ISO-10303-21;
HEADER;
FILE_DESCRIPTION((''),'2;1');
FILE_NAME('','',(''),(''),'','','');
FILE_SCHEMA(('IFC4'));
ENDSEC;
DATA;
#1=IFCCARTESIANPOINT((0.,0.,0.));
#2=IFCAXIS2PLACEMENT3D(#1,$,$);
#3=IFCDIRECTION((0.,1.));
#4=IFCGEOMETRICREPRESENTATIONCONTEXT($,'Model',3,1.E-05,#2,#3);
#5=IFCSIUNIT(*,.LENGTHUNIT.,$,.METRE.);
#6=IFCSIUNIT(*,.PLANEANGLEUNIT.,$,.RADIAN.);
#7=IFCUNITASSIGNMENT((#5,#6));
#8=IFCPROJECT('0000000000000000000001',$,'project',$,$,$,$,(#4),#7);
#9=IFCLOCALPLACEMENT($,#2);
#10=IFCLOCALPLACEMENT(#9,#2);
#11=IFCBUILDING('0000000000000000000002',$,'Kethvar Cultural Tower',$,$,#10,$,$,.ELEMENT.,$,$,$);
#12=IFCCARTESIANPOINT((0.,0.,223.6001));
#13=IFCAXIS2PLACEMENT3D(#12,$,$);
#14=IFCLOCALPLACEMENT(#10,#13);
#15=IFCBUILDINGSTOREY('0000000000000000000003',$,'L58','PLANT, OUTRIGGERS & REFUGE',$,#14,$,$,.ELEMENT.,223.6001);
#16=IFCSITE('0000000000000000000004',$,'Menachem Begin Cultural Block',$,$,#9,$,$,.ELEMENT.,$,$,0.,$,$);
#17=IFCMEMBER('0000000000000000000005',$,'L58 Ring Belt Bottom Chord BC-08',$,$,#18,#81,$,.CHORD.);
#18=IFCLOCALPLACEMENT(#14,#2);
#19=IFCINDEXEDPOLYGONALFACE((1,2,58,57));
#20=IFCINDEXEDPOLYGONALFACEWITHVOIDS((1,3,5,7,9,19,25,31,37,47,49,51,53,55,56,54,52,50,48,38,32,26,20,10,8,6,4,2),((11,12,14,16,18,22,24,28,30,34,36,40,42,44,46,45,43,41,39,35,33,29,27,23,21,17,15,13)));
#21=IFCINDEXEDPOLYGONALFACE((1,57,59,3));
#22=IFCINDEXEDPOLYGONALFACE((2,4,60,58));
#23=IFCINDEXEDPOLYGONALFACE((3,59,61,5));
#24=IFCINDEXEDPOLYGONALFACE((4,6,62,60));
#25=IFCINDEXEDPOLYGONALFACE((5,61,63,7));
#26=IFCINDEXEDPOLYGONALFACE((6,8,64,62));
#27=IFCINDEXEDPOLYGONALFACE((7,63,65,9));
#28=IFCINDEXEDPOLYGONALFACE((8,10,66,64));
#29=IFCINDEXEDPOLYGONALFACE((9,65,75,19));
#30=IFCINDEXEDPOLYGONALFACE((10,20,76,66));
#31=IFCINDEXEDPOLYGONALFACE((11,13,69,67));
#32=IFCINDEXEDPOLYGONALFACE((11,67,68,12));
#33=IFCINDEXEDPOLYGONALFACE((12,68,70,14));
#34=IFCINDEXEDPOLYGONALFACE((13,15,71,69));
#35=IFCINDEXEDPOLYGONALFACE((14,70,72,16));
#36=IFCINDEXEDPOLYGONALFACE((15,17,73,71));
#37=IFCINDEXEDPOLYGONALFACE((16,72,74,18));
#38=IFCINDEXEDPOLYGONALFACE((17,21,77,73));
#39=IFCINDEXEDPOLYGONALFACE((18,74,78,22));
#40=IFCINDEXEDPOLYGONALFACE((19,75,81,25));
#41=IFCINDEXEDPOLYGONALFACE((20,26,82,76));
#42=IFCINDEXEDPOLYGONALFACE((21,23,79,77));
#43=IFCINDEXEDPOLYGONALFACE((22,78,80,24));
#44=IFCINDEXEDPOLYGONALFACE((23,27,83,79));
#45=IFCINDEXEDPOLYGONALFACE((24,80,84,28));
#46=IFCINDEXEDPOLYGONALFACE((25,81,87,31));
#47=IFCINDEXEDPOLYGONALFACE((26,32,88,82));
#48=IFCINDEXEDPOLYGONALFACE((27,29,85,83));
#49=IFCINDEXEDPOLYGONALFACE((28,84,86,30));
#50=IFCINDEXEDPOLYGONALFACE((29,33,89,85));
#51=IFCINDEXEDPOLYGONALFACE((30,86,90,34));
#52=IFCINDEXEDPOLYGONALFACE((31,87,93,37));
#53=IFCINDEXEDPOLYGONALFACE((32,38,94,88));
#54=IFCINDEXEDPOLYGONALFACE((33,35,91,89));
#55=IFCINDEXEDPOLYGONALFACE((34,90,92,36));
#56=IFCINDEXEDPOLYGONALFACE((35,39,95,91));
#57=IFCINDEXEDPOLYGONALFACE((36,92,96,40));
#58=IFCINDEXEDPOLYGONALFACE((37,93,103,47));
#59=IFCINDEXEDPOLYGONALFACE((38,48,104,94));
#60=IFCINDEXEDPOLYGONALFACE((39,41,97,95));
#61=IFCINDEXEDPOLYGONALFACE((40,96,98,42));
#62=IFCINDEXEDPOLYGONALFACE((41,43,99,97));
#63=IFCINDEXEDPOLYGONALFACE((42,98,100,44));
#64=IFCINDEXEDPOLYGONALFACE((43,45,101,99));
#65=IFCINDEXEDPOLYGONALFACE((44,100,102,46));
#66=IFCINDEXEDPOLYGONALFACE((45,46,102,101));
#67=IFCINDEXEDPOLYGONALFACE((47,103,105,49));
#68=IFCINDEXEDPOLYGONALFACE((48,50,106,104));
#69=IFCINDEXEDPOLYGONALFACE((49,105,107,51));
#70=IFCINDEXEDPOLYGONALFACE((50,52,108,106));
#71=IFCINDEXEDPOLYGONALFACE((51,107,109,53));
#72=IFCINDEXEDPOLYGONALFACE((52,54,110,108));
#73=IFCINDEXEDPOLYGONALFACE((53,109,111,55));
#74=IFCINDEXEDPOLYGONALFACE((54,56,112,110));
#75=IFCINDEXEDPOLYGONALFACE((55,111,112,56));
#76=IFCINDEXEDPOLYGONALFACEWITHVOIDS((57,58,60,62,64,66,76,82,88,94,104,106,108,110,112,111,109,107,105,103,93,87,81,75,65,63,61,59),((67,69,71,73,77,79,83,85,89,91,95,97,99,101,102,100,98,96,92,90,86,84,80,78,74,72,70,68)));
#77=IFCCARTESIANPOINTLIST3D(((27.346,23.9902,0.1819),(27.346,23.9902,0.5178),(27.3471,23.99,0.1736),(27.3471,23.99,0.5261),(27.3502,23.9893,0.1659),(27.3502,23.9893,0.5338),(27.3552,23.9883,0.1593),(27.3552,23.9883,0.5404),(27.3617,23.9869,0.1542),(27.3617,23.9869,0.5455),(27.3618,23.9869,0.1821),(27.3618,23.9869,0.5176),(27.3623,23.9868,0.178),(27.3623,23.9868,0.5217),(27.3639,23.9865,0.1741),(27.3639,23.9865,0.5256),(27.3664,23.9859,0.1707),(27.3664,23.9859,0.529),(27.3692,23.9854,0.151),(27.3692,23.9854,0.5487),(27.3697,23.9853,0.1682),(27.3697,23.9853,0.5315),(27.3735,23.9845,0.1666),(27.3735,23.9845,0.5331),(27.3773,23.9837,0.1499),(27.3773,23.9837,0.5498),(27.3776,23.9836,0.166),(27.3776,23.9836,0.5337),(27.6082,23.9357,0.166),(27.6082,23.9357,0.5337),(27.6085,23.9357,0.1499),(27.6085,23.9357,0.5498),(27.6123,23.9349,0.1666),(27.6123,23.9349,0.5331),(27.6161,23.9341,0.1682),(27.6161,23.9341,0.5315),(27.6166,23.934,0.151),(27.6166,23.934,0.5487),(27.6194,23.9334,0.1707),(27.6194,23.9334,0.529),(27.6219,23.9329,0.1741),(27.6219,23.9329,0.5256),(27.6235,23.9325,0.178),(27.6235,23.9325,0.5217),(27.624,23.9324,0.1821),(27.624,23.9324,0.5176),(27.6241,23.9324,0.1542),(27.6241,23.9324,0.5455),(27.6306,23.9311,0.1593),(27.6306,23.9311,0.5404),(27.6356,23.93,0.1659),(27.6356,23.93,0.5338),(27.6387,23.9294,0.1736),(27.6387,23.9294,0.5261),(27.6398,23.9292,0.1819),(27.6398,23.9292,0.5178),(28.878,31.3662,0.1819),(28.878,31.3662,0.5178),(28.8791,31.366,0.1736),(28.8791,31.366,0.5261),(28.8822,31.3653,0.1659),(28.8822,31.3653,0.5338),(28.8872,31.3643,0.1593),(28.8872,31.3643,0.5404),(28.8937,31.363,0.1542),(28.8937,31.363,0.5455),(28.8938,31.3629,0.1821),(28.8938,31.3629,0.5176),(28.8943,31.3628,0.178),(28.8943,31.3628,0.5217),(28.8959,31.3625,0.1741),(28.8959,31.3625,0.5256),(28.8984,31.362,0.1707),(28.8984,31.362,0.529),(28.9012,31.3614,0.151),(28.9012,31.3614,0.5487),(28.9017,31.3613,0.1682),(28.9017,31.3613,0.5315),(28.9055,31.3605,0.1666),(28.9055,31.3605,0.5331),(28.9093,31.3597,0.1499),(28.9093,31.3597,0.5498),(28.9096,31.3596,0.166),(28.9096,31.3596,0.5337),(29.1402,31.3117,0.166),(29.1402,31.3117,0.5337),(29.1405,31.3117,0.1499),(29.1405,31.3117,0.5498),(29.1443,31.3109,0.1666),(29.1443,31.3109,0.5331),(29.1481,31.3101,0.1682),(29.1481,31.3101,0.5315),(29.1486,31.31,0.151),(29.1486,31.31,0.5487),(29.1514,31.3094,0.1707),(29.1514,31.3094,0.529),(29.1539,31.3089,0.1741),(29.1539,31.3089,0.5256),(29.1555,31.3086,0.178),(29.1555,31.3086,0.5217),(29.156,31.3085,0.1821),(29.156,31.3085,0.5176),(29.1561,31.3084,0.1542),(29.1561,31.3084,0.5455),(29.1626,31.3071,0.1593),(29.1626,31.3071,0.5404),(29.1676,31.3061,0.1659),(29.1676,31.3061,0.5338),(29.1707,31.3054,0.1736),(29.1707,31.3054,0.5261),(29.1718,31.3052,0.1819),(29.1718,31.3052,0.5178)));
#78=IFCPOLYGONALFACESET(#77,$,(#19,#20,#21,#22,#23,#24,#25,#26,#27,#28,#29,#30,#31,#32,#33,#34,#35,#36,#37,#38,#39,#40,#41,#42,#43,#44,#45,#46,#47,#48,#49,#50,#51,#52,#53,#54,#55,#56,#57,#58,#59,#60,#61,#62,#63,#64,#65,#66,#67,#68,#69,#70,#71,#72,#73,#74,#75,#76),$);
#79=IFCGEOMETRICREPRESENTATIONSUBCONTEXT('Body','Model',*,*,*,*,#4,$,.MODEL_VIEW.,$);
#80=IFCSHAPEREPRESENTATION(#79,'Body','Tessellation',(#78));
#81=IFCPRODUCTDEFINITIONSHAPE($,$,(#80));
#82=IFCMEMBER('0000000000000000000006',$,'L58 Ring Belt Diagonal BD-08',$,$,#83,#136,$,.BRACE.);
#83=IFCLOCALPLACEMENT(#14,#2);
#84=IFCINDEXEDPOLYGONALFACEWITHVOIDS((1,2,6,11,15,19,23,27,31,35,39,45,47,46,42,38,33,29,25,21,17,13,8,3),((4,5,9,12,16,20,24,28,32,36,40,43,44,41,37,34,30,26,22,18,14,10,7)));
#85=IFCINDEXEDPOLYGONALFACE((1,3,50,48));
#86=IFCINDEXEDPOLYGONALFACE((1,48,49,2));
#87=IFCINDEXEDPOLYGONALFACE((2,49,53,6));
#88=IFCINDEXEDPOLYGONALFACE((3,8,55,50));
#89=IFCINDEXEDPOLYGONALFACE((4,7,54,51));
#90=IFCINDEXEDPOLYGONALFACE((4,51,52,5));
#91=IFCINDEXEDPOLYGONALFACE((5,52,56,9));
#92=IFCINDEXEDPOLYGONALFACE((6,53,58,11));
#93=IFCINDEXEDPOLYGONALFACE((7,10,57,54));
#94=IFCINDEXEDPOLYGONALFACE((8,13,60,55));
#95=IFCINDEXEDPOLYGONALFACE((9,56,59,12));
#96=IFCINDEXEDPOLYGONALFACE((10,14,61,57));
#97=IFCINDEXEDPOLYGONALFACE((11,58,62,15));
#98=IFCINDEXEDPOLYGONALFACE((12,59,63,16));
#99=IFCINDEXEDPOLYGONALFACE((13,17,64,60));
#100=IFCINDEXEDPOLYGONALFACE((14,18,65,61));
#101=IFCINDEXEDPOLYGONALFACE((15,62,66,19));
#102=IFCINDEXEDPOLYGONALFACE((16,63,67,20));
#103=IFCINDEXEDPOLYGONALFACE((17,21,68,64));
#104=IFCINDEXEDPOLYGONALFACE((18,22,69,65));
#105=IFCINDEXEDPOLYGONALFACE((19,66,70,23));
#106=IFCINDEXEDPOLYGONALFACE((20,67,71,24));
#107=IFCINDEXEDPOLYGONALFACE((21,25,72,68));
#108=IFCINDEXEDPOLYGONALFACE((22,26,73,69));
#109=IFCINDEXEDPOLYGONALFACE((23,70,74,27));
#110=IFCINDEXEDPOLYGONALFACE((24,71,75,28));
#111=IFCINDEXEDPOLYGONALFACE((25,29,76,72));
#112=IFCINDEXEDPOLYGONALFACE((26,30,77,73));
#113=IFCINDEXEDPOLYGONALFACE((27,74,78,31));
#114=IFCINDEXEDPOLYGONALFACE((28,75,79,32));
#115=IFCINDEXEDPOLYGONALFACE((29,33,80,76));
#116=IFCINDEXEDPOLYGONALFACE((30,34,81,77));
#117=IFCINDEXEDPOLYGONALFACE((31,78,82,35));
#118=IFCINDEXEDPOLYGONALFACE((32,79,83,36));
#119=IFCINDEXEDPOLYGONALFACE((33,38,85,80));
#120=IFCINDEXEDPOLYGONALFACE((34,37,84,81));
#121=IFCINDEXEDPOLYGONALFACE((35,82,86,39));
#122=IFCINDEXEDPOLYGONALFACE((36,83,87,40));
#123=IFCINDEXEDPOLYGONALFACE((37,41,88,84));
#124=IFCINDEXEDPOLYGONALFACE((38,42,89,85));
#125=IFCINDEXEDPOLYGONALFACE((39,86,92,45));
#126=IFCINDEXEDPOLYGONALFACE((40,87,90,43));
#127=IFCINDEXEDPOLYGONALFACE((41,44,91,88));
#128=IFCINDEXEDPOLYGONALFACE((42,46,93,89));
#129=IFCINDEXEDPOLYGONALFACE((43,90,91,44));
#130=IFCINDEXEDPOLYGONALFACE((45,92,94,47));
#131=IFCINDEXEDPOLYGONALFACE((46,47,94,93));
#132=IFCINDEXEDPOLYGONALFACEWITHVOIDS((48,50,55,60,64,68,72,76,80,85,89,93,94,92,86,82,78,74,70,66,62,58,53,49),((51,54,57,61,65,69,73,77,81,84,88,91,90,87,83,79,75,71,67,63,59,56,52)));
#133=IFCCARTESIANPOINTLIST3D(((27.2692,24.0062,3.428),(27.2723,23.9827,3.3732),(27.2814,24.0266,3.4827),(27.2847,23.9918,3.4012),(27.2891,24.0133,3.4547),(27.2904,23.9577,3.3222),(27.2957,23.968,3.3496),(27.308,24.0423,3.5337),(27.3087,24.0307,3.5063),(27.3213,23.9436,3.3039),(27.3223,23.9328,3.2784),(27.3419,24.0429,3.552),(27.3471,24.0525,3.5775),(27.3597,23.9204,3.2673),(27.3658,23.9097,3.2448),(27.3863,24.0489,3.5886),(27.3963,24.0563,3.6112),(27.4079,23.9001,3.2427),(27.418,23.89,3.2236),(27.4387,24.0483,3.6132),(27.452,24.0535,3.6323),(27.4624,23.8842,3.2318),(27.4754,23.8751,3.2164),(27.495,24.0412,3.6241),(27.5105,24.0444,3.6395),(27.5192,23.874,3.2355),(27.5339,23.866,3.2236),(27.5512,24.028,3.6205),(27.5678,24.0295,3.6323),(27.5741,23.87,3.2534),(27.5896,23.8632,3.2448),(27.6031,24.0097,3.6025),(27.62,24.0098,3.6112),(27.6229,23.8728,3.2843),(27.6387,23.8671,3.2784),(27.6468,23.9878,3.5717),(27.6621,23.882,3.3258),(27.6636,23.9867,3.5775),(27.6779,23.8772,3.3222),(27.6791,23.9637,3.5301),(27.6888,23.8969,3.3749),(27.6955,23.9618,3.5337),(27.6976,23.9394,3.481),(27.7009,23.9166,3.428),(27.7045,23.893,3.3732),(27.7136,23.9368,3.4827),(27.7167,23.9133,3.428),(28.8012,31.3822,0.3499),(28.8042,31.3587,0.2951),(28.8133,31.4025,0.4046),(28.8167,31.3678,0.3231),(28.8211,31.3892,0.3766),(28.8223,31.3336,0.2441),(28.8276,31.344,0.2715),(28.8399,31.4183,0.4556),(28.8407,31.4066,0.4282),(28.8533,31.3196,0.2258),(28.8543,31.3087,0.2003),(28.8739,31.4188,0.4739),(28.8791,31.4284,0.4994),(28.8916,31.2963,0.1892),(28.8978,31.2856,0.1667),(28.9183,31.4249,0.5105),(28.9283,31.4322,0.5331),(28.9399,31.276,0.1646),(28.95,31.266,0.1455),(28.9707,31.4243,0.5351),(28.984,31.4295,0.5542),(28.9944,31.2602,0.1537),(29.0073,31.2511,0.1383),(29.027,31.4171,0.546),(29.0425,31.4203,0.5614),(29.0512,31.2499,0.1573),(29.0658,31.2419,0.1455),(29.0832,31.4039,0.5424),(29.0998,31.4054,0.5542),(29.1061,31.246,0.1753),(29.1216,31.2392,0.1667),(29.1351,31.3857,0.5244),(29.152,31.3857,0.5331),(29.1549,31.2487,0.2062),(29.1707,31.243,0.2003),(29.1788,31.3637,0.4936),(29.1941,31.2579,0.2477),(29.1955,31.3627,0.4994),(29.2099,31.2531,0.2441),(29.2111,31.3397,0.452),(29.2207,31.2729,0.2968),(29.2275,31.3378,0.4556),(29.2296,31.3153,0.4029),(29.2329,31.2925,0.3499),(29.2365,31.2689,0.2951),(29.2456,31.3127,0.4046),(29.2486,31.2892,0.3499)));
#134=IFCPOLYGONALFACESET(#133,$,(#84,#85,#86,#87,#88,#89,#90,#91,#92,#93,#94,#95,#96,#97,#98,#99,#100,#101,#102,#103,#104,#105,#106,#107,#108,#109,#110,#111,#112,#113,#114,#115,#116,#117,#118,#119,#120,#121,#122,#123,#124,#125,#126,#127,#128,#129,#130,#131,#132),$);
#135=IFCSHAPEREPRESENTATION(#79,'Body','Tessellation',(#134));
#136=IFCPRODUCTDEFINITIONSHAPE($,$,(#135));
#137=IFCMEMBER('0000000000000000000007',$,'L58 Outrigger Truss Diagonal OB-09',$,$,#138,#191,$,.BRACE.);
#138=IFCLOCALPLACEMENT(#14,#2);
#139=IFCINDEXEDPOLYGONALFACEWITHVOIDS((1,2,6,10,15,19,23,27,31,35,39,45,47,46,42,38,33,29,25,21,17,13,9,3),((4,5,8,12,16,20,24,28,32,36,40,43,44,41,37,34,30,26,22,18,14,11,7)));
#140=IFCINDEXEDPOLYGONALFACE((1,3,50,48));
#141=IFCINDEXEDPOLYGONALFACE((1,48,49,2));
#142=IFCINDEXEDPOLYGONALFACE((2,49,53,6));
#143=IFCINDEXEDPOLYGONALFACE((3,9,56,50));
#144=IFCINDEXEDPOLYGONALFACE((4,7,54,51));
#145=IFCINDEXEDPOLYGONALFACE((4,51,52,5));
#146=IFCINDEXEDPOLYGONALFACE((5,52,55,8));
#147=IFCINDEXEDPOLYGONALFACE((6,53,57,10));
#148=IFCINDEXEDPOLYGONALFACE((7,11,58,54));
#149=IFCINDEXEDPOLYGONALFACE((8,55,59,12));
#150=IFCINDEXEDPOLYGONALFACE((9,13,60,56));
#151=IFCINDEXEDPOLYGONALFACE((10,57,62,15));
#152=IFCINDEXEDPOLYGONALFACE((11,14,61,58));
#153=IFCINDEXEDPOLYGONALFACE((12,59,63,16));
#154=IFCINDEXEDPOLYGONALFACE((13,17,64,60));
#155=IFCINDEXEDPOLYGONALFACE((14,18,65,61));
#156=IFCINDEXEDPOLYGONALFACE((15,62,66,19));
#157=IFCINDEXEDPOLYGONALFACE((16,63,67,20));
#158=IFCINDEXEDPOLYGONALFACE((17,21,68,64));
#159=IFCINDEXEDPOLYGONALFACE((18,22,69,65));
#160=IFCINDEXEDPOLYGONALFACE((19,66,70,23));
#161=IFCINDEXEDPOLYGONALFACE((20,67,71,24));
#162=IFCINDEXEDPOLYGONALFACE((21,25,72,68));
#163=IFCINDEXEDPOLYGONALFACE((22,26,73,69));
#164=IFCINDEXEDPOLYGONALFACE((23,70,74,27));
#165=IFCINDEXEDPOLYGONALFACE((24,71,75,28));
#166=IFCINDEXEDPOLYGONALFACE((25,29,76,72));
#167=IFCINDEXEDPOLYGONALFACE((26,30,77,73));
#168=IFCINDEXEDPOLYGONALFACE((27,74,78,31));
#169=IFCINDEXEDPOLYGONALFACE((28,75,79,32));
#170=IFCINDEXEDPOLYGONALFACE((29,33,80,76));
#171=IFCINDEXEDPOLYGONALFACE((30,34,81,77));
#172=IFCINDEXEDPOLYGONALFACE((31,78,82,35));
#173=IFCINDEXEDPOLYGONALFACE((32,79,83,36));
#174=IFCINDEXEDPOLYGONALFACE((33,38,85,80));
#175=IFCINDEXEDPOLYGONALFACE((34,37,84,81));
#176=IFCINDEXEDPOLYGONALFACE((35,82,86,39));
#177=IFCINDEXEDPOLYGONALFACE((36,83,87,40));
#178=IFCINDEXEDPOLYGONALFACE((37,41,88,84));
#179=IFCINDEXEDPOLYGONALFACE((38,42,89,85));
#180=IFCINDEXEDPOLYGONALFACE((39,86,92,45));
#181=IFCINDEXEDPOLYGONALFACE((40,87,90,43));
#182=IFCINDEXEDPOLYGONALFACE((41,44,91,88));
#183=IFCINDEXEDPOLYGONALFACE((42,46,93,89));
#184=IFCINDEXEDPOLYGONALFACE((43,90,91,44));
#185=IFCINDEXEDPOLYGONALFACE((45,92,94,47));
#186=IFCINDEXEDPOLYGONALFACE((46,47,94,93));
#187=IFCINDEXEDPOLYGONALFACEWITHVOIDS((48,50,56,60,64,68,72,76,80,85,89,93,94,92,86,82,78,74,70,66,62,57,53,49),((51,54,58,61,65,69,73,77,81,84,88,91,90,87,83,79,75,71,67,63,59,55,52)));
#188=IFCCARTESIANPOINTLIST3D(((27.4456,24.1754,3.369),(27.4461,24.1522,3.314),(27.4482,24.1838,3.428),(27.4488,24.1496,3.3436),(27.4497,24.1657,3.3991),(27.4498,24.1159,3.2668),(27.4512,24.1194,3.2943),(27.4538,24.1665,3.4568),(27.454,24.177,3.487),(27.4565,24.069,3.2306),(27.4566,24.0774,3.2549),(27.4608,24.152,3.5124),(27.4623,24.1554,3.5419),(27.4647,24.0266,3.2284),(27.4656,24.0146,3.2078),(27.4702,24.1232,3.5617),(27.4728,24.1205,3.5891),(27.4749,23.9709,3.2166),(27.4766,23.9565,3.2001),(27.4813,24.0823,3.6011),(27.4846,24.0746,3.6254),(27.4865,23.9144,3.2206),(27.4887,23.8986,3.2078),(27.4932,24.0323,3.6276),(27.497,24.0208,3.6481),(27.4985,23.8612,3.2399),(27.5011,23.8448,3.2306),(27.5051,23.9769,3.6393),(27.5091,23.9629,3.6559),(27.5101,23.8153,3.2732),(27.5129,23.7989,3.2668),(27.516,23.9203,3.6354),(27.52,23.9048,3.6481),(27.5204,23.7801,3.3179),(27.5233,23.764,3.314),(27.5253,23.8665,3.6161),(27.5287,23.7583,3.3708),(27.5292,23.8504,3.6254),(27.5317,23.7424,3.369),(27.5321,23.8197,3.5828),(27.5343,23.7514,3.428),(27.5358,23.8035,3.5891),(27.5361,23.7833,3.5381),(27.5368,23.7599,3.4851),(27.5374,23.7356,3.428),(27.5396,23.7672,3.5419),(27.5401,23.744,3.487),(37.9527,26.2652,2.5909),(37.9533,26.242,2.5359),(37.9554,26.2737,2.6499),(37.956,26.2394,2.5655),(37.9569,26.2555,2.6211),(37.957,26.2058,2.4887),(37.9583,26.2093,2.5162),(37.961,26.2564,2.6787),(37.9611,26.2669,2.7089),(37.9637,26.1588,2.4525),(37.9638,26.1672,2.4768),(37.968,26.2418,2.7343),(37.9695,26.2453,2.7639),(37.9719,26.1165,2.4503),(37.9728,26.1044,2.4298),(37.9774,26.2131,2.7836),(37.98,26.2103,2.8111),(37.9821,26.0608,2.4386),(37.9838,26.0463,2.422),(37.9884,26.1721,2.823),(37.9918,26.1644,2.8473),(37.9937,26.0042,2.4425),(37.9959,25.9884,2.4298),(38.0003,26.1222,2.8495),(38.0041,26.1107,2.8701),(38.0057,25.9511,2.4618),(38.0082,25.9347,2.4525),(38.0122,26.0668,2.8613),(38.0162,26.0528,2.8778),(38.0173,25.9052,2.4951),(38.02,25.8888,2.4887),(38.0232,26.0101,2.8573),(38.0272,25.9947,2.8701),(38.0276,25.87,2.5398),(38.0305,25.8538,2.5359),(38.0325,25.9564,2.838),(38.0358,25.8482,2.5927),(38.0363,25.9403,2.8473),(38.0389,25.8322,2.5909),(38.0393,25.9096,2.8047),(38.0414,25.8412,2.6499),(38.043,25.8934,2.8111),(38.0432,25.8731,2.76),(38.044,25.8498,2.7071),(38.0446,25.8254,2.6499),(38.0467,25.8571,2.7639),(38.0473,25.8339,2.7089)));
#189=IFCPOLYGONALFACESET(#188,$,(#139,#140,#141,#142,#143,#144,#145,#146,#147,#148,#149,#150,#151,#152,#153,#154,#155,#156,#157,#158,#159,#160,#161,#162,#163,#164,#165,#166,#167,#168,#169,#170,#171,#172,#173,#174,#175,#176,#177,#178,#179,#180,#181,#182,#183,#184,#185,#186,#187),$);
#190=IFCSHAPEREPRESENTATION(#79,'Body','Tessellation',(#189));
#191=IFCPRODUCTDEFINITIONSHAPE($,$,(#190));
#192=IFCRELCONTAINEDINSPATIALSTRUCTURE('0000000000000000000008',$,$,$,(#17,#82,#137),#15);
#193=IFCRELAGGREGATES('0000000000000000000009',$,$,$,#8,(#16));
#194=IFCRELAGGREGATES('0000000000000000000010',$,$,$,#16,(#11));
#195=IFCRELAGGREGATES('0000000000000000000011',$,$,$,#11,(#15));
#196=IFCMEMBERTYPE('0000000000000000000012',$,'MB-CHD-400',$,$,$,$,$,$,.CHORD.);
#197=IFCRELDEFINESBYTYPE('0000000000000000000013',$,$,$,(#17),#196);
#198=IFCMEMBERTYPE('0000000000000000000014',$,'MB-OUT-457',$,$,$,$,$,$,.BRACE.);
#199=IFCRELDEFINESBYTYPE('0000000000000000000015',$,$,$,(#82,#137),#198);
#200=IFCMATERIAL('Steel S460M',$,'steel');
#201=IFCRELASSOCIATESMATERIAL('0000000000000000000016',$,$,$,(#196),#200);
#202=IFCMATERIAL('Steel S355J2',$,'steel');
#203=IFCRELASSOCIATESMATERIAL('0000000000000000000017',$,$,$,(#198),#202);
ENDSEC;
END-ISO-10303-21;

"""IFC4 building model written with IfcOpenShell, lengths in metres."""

from ifc_helpers import new_model, si_unit, direction, frame, origin, origin_2d, place, context, subcontext, project, spatial, hollow_rectangle, hollow_circle, extrude, source, transform, mapped, material, material_profile, profile_set, type_object, element, save


model = new_model("IFC4")

# Units and contexts
model_context = context("Model", 3, precision=1e-05, world=origin(), true_north=direction((0.0, 1.0)))
body_context = subcontext(model_context, "Body", "Model", "MODEL_VIEW")
ifc_project = project(units=[si_unit("LENGTHUNIT", "METRE"), si_unit("PLANEANGLEUNIT", "RADIAN")], contexts=[model_context])

# Site, building, storey
site_placement = place(None, origin())
site = spatial("IfcSite", under=ifc_project, at=site_placement, Name="Menachem Begin Cultural Block", CompositionType="ELEMENT", RefElevation=0.0)
building_placement = place(site_placement, origin())
building = spatial("IfcBuilding", under=site, at=building_placement, Name="Kethvar Cultural Tower", CompositionType="ELEMENT")
storey_placement = place(building_placement, frame((0.0, 0.0, 223.6001)))
storey = spatial("IfcBuildingStorey", under=building, at=storey_placement, Name="L58", Description="PLANT, OUTRIGGERS & REFUGE", CompositionType="ELEMENT", Elevation=223.6001)

# Shared definitions
ifc_material_1 = material(Name="Steel S460M", Category="steel")

# Members
ifc_material_profile_1 = material_profile(ifc_material_1, hollow_rectangle(XDim=0.3, YDim=0.3999, WallThickness=0.0161, InnerFilletRadius=0.0161, OuterFilletRadius=0.032, at=origin_2d()), Name="Steel S460M — RHS400x300x16")
ifc_profile_set_1 = profile_set([ifc_material_profile_1], Name="Steel S460M — RHS400x300x16")
member_type_1 = type_object("IfcMemberType", Name="MB-CHD-400", PredefinedType="CHORD", material=ifc_profile_set_1)
shared_shape_1 = source(origin(), body_context, "Body", "SweptSolid", [
    extrude(hollow_rectangle(XDim=0.3, YDim=0.3999, WallThickness=0.0161, InnerFilletRadius=0.0161, OuterFilletRadius=0.032, at=origin_2d()), origin(), (0.0, 0.0, 1.0), 7.5334),
])
member_1_placement = place(storey_placement, frame((29.0249, 31.3357, 0.3499), z_axis=(-0.203359, -0.979104, 0.0), x_axis=(0.979104, -0.203359, 0.0)))
element("IfcMember", 1, at=member_1_placement, inside=storey, type_object=member_type_1, Name="L58 Ring Belt Bottom Chord BC-08", PredefinedType="CHORD", context=body_context, shape_type="MappedRepresentation", body=[
    mapped(shared_shape_1, transform((0.0, 0.0, 0.0), scale=1.0)),
])
ifc_material_2 = material(Name="Steel S355J2", Category="steel")
ifc_material_profile_2 = material_profile(ifc_material_2, hollow_circle(Radius=0.2285, WallThickness=0.0161, at=origin_2d()), Name="Steel S355J2 — CHS457x16")
ifc_profile_set_2 = profile_set([ifc_material_profile_2], Name="Steel S355J2 — CHS457x16")
member_type_2 = type_object("IfcMemberType", Name="MB-OUT-457", PredefinedType="BRACE", material=ifc_profile_set_2)
shared_shape_2 = source(origin(), body_context, "Body", "SweptSolid", [
    extrude(hollow_circle(Radius=0.2285, WallThickness=0.0161, at=origin_2d()), origin(), (0.0, 0.0, 1.0), 8.1379),
])
member_2_placement = place(storey_placement, frame((29.0249, 31.3357, 0.3499), z_axis=(-0.188251, -0.906364, 0.378242), x_axis=(0.979104, -0.203359, 0.0)))
element("IfcMember", 2, at=member_2_placement, inside=storey, type_object=member_type_2, Name="L58 Ring Belt Diagonal BD-08", PredefinedType="BRACE", context=body_context, shape_type="MappedRepresentation", body=[
    mapped(shared_shape_2, transform((0.0, 0.0, 0.0), scale=1.0)),
])
shared_shape_3 = source(origin(), body_context, "Body", "SweptSolid", [
    extrude(hollow_circle(Radius=0.2285, WallThickness=0.0161, at=origin_2d()), origin(), (0.0, 0.0, 1.0), 10.7412),
])
member_3_placement = place(storey_placement, frame((38.0, 26.0496, 2.6499), z_axis=(-0.978211, -0.194565, 0.072439), x_axis=(0.195077, -0.980788, 0.0)))
element("IfcMember", 3, at=member_3_placement, inside=storey, type_object=member_type_2, Name="L58 Outrigger Truss Diagonal OB-09", PredefinedType="BRACE", context=body_context, shape_type="MappedRepresentation", body=[
    mapped(shared_shape_3, transform((0.0, 0.0, 0.0), scale=1.0)),
])

save(model, "model.ifc")
